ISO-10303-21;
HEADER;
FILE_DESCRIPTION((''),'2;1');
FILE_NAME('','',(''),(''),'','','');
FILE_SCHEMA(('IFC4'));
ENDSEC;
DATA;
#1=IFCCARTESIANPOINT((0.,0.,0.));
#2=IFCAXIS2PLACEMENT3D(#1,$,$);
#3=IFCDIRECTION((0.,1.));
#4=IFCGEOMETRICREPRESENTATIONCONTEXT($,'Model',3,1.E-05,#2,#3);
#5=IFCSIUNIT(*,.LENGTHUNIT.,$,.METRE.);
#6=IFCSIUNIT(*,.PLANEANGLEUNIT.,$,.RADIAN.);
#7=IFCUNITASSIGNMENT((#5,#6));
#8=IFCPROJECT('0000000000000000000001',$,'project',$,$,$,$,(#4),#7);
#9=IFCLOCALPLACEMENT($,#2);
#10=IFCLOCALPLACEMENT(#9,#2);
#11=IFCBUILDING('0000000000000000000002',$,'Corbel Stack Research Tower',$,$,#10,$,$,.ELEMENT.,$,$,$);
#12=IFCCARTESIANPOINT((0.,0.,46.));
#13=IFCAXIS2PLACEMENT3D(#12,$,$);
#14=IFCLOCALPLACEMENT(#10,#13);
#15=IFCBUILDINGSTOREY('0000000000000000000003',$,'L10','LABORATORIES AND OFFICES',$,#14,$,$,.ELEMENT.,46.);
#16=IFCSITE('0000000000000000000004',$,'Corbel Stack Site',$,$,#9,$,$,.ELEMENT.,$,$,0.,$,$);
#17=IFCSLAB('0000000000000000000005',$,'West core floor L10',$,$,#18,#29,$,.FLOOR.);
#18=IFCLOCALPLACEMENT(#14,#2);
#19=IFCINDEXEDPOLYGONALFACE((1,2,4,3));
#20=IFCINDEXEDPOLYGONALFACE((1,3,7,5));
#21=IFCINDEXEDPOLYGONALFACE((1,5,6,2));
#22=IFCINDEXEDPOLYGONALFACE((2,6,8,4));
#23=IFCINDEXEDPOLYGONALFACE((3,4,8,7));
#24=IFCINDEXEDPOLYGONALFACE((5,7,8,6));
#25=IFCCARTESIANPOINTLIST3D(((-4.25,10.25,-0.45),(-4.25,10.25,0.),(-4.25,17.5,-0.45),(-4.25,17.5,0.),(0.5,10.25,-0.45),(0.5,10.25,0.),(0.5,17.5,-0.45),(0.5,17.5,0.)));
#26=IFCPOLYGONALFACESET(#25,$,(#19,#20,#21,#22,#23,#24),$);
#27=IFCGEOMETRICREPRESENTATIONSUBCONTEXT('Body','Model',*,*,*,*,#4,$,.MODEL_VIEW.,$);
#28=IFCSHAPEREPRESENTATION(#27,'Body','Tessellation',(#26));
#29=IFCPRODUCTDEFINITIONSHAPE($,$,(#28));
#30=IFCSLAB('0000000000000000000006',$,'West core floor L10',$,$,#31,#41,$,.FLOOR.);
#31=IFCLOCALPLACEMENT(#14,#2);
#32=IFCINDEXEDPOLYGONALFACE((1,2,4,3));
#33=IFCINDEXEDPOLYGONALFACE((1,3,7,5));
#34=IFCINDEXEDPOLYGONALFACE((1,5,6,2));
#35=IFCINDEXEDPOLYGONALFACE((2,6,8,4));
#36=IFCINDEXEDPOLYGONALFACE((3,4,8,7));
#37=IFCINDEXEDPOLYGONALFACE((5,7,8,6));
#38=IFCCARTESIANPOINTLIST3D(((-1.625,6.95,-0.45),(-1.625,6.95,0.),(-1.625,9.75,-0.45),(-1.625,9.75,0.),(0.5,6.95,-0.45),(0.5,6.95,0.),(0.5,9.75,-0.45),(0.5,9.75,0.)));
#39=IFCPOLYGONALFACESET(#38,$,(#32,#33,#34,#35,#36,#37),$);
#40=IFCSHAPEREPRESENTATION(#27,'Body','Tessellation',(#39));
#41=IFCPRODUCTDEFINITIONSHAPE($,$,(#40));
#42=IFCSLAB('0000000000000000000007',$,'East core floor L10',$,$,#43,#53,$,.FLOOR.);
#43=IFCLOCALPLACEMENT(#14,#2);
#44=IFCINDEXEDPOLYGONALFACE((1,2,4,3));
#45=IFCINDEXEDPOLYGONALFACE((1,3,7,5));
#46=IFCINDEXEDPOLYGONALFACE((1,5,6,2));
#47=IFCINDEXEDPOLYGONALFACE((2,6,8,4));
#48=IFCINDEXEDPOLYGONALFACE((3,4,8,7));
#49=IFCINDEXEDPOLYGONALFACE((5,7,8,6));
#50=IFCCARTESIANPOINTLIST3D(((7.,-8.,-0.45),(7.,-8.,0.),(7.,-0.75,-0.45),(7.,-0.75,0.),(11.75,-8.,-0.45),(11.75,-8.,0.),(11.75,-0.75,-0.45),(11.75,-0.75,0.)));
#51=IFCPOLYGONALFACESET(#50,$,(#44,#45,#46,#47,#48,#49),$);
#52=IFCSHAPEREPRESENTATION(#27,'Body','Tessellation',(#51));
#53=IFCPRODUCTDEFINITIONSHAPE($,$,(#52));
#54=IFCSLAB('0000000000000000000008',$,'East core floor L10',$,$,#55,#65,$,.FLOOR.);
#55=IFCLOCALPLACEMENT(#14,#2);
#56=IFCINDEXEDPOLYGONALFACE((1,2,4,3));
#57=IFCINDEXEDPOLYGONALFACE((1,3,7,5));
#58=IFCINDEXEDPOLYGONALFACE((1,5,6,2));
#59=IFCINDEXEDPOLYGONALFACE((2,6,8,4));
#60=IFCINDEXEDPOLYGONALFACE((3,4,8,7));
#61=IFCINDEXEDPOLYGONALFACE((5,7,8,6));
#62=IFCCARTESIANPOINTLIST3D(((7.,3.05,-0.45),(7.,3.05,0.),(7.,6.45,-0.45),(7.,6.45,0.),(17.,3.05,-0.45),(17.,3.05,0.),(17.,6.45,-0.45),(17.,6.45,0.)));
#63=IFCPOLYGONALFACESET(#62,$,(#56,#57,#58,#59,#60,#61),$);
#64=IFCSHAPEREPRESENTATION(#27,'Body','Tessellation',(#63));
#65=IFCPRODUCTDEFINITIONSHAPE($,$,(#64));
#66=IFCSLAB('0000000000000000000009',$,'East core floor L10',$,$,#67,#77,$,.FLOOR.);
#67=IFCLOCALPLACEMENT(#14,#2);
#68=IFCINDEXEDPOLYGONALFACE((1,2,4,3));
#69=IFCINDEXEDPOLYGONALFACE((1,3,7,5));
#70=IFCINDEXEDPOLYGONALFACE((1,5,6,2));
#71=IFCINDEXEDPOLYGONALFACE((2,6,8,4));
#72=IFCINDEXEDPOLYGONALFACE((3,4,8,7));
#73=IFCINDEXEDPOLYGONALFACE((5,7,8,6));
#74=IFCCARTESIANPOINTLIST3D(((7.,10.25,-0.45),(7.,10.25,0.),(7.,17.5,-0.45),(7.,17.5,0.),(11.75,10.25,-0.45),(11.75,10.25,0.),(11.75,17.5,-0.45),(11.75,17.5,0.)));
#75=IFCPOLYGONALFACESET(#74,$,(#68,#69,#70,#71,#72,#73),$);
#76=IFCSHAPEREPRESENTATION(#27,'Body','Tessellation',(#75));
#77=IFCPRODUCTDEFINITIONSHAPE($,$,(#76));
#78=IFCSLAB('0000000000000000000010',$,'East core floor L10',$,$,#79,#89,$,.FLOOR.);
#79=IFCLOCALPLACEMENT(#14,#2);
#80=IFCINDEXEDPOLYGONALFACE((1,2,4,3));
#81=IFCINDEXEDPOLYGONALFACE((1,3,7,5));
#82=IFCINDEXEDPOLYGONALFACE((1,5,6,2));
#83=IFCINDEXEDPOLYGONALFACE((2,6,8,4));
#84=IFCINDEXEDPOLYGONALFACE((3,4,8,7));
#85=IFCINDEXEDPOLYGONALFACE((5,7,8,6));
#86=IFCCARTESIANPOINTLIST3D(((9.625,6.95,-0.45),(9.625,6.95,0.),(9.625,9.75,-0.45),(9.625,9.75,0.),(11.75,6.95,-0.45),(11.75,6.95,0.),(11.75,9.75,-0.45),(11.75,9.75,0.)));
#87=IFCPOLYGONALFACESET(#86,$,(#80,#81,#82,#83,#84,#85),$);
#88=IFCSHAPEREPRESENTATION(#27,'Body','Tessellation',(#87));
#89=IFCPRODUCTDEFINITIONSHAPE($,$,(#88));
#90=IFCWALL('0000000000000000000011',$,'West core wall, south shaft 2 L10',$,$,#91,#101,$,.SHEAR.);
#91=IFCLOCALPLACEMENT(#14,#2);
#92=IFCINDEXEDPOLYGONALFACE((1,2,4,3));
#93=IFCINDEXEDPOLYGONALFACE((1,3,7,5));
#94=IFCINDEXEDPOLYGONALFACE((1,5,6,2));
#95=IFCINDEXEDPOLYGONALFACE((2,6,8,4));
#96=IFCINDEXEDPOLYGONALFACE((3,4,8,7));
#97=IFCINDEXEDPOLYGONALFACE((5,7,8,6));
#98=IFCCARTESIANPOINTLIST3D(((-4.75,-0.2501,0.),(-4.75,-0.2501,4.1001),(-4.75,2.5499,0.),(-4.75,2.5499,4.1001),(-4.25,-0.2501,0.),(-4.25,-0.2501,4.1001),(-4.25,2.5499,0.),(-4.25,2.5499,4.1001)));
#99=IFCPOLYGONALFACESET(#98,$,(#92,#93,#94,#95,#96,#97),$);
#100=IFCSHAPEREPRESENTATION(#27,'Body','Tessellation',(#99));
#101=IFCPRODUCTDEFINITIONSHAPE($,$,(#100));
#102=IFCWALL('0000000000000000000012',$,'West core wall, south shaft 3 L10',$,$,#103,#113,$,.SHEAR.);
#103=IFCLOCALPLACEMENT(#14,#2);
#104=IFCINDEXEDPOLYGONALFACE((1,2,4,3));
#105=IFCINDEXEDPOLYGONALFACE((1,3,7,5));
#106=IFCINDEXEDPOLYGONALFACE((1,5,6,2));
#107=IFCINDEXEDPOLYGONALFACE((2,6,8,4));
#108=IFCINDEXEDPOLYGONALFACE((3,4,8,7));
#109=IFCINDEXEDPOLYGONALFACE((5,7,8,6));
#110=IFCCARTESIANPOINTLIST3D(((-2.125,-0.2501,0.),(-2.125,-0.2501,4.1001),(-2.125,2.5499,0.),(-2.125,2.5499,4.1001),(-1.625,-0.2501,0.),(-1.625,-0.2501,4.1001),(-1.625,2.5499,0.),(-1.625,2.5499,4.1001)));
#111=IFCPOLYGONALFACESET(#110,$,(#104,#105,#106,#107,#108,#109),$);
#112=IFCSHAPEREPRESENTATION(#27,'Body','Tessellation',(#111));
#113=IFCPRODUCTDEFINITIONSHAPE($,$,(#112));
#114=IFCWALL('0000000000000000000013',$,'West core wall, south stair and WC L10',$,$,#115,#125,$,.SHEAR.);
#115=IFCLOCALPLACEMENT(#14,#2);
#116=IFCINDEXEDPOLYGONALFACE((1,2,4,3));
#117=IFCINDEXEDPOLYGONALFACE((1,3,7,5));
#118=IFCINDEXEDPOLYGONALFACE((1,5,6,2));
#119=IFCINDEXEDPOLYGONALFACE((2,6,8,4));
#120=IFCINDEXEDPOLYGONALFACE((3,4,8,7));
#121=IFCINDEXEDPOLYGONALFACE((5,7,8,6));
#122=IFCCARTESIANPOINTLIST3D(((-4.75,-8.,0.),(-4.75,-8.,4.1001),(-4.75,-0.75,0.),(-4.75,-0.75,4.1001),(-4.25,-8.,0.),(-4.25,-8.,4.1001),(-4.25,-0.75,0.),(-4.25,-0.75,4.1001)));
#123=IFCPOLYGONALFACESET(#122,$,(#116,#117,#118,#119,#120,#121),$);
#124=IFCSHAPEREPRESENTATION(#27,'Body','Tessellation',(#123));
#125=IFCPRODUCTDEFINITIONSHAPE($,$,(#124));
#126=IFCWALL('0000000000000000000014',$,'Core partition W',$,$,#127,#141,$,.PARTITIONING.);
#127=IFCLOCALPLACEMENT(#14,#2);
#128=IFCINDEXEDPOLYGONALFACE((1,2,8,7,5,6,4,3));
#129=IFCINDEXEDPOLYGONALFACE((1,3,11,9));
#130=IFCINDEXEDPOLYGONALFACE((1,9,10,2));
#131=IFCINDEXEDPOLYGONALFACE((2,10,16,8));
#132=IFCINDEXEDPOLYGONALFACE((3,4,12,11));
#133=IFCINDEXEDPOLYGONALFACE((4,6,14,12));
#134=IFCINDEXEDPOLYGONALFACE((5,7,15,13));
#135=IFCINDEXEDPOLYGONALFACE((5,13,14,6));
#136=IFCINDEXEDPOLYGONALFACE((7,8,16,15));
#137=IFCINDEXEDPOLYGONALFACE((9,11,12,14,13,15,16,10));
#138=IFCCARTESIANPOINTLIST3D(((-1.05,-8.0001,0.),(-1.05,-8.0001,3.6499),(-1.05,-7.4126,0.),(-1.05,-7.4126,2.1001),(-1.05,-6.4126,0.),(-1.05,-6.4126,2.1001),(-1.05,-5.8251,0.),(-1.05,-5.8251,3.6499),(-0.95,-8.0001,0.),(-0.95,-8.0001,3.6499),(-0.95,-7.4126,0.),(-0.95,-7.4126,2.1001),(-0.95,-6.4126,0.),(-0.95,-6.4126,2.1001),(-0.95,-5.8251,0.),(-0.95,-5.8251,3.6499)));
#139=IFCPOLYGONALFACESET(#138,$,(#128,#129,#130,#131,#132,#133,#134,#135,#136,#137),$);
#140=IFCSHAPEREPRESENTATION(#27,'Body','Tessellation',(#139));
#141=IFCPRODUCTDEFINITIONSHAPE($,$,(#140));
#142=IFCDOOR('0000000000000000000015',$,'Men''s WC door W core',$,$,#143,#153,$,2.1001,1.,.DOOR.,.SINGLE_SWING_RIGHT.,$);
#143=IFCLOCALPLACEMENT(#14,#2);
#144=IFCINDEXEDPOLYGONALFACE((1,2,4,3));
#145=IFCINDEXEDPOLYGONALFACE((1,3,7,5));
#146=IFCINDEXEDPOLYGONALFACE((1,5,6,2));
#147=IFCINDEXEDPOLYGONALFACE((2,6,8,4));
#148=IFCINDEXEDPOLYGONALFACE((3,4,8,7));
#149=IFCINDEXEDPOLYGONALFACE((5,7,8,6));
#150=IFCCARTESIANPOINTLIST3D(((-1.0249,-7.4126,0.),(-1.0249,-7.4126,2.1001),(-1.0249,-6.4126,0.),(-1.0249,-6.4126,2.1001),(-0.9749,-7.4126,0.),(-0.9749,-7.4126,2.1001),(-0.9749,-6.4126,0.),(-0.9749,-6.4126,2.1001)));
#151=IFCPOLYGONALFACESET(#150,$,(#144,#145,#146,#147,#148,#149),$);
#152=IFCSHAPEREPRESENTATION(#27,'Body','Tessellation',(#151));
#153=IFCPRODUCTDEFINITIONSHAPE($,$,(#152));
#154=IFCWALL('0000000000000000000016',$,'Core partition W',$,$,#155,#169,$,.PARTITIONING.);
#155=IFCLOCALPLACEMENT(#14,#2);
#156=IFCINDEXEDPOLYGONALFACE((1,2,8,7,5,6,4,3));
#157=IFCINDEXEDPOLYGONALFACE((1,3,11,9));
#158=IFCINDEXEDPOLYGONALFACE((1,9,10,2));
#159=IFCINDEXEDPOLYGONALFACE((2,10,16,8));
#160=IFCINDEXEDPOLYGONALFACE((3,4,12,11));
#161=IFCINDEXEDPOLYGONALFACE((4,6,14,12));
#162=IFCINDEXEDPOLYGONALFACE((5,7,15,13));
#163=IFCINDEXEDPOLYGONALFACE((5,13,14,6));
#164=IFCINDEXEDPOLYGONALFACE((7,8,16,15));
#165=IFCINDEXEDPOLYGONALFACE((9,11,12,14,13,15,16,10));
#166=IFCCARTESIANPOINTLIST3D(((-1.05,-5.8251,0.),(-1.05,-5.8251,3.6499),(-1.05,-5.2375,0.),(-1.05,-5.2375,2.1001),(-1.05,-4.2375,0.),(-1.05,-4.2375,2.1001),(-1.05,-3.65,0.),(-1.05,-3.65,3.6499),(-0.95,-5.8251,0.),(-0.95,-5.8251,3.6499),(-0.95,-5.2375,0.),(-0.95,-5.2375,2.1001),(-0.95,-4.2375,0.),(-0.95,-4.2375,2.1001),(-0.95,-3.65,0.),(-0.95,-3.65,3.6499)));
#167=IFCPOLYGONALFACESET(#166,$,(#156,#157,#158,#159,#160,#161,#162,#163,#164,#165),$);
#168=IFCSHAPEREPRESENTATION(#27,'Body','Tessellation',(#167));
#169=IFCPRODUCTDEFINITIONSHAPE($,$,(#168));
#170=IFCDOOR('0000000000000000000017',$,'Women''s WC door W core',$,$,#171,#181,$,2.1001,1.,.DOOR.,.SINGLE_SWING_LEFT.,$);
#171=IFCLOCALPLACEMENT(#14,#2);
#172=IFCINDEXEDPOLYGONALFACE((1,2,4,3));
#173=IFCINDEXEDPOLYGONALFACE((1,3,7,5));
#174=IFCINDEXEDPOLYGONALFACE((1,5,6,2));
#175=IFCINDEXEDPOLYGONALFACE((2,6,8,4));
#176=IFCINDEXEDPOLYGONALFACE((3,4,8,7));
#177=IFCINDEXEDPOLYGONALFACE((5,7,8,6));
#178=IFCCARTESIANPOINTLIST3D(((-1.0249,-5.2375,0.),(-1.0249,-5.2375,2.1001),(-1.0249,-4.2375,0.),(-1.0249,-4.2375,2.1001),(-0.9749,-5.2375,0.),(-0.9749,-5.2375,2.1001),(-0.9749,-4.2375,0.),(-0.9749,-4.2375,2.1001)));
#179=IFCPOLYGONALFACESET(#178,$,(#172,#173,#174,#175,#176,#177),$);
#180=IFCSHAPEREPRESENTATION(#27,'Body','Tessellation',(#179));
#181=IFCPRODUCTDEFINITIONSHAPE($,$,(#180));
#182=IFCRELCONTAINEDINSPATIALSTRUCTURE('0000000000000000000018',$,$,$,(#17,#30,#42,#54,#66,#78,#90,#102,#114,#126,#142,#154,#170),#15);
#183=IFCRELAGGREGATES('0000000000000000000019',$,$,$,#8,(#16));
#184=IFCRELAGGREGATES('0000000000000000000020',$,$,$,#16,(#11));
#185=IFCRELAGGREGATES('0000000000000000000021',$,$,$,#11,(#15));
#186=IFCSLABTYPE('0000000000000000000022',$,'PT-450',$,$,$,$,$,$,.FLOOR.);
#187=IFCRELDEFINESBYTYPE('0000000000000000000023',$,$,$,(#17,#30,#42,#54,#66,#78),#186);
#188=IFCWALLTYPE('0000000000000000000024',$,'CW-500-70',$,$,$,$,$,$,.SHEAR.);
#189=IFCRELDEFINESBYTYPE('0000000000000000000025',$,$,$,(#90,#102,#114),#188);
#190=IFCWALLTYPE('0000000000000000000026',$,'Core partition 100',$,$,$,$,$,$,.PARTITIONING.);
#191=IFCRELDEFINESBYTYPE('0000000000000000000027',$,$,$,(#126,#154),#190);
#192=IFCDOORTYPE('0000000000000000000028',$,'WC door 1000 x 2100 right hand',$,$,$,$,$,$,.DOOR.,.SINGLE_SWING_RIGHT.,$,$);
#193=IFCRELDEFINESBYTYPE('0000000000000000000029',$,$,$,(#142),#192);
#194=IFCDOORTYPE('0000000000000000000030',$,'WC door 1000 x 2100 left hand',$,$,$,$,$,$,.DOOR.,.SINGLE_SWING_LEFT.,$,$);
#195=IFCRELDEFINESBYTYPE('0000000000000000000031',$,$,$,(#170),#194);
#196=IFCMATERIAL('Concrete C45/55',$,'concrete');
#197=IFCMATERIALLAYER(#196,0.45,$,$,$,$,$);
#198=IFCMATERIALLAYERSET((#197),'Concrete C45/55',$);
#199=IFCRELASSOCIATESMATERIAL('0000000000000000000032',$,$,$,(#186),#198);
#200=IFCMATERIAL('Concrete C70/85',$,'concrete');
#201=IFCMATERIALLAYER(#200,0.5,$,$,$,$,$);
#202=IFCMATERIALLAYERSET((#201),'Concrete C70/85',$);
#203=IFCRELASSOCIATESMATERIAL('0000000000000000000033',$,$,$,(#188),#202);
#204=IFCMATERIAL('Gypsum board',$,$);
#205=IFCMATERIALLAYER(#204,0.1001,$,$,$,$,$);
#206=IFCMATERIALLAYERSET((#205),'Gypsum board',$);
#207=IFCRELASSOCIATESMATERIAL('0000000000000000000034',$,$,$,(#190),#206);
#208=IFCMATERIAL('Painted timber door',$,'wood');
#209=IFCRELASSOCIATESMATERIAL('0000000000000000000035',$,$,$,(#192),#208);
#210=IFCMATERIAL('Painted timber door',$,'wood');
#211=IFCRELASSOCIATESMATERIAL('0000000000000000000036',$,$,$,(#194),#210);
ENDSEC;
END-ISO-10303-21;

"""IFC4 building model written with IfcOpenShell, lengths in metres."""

from ifc_helpers import new_model, si_unit, direction, frame, frame_2d, origin, place, context, subcontext, project, spatial, polyline, rectangle, outline, extrude, material, layer, layer_set, type_object, element, fill, save


model = new_model("IFC4")

# Units and contexts
model_context = context("Model", 3, precision=1e-05, world=origin(), true_north=direction((0.0, 1.0)))
body_context = subcontext(model_context, "Body", "Model", "MODEL_VIEW")
ifc_project = project(units=[si_unit("LENGTHUNIT", "METRE"), si_unit("PLANEANGLEUNIT", "RADIAN")], contexts=[model_context])

# Site, building, storey
site_placement = place(None, origin())
site = spatial("IfcSite", under=ifc_project, at=site_placement, Name="Corbel Stack Site", CompositionType="ELEMENT", RefElevation=0.0)
building_placement = place(site_placement, origin())
building = spatial("IfcBuilding", under=site, at=building_placement, Name="Corbel Stack Research Tower", CompositionType="ELEMENT")
storey_placement = place(building_placement, frame((0.0, 0.0, 46.0)))
storey = spatial("IfcBuildingStorey", under=building, at=storey_placement, Name="L10", Description="LABORATORIES AND OFFICES", CompositionType="ELEMENT", Elevation=46.0)

# Slabs
ifc_material_1 = material(Name="Concrete C45/55", Category="concrete")
ifc_layer_1 = layer(ifc_material_1, 0.45)
ifc_layer_set_1 = layer_set([ifc_layer_1], Name="Concrete C45/55")
slab_type = type_object("IfcSlabType", Name="PT-450", PredefinedType="FLOOR", material=ifc_layer_set_1)
slab_1_placement = place(storey_placement, frame((0.0, 0.0, -0.45)))
element("IfcSlab", 1, at=slab_1_placement, inside=storey, type_object=slab_type, Name="West core floor L10", PredefinedType="FLOOR", context=body_context, shape_type="SweptSolid", body=[
    extrude(outline(polyline([(-4.25, 17.5), (-4.25, 10.25), (0.5, 10.25), (0.5, 17.5), (-4.25, 17.5)])), origin(), (0.0, 0.0, 1.0), 0.45),
])
slab_2_placement = place(storey_placement, frame((0.0, 0.0, -0.45)))
element("IfcSlab", 2, at=slab_2_placement, inside=storey, type_object=slab_type, Name="West core floor L10", PredefinedType="FLOOR", context=body_context, shape_type="SweptSolid", body=[
    extrude(outline(polyline([(0.5, 6.95), (0.5, 9.75), (-1.625, 9.75), (-1.625, 6.95), (0.5, 6.95)])), origin(), (0.0, 0.0, 1.0), 0.45),
])
slab_3_placement = place(storey_placement, frame((0.0, 0.0, -0.45)))
element("IfcSlab", 3, at=slab_3_placement, inside=storey, type_object=slab_type, Name="East core floor L10", PredefinedType="FLOOR", context=body_context, shape_type="SweptSolid", body=[
    extrude(outline(polyline([(7.0, -0.75), (7.0, -8.0), (11.75, -8.0), (11.75, -0.75), (7.0, -0.75)])), origin(), (0.0, 0.0, 1.0), 0.45),
])
slab_4_placement = place(storey_placement, frame((0.0, 0.0, -0.45)))
element("IfcSlab", 4, at=slab_4_placement, inside=storey, type_object=slab_type, Name="East core floor L10", PredefinedType="FLOOR", context=body_context, shape_type="SweptSolid", body=[
    extrude(outline(polyline([(7.0, 6.45), (7.0, 3.05), (17.0, 3.05), (17.0, 6.45), (7.0, 6.45)])), origin(), (0.0, 0.0, 1.0), 0.45),
])
slab_5_placement = place(storey_placement, frame((0.0, 0.0, -0.45)))
element("IfcSlab", 5, at=slab_5_placement, inside=storey, type_object=slab_type, Name="East core floor L10", PredefinedType="FLOOR", context=body_context, shape_type="SweptSolid", body=[
    extrude(outline(polyline([(7.0, 17.5), (7.0, 10.25), (11.75, 10.25), (11.75, 17.5), (7.0, 17.5)])), origin(), (0.0, 0.0, 1.0), 0.45),
])
slab_6_placement = place(storey_placement, frame((0.0, 0.0, -0.45)))
element("IfcSlab", 6, at=slab_6_placement, inside=storey, type_object=slab_type, Name="East core floor L10", PredefinedType="FLOOR", context=body_context, shape_type="SweptSolid", body=[
    extrude(outline(polyline([(9.625, 6.95), (11.75, 6.95), (11.75, 9.75), (9.625, 9.75), (9.625, 6.95)])), origin(), (0.0, 0.0, 1.0), 0.45),
])

# Walls
ifc_material_2 = material(Name="Concrete C70/85", Category="concrete")
ifc_layer_2 = layer(ifc_material_2, 0.5)
ifc_layer_set_2 = layer_set([ifc_layer_2], Name="Concrete C70/85")
wall_type_1 = type_object("IfcWallType", Name="CW-500-70", PredefinedType="SHEAR", material=ifc_layer_set_2)
for number, where, z_axis, x_axis, name in (
    (7, (-4.5, -0.25, 0.0), (0.0, 0.0, 1.0), (0.0, 1.0, 0.0), "West core wall, south shaft 2 L10"),
    (8, (-1.875, -0.25, 0.0), (0.0, 0.0, 1.0), (0.0, 1.0, 0.0), "West core wall, south shaft 3 L10"),
):
    element("IfcWall", number, at=place(storey_placement, frame(where, z_axis=z_axis, x_axis=x_axis)), inside=storey, type_object=wall_type_1, Name=name, PredefinedType="SHEAR", context=body_context, shape_type="SweptSolid", body=[
        extrude(rectangle(XDim=2.8, YDim=0.5, at=frame_2d((1.3999, 0.0))), origin(), (0.0, 0.0, 1.0), 4.1001),
    ])
wall_1_placement = place(storey_placement, frame((-4.5, -8.0, 0.0), z_axis=(0.0, 0.0, 1.0), x_axis=(0.0, 1.0, 0.0)))
element("IfcWall", 9, at=wall_1_placement, inside=storey, type_object=wall_type_1, Name="West core wall, south stair and WC L10", PredefinedType="SHEAR", context=body_context, shape_type="SweptSolid", body=[
    extrude(rectangle(XDim=7.25, YDim=0.5, at=frame_2d((3.625, 0.0))), origin(), (0.0, 0.0, 1.0), 4.1001),
])

# Walls, openings, doors
ifc_material_3 = material(Name="Gypsum board")
ifc_layer_3 = layer(ifc_material_3, 0.1001)
ifc_layer_set_3 = layer_set([ifc_layer_3], Name="Gypsum board")
wall_type_2 = type_object("IfcWallType", Name="Core partition 100", PredefinedType="PARTITIONING", material=ifc_layer_set_3)
wall_2_placement = place(storey_placement, frame((-1.0, -8.0, 0.0), z_axis=(0.0, 0.0, 1.0), x_axis=(0.0, 1.0, 0.0)))
wall_2 = element("IfcWall", 10, at=wall_2_placement, inside=storey, type_object=wall_type_2, Name="Core partition W", PredefinedType="PARTITIONING", context=body_context, shape_type="SweptSolid", body=[
    extrude(rectangle(XDim=2.175, YDim=0.1001, at=frame_2d((1.0874, 0.0))), origin(), (0.0, 0.0, 1.0), 3.6499),
])
opening_1_placement = place(wall_2_placement, frame((0.5874, 0.0, 0.0)))
opening_1 = element("IfcOpeningElement", 11, at=opening_1_placement, cuts=wall_2, PredefinedType="OPENING", context=body_context, shape_type="SweptSolid", body=[
    extrude(rectangle(XDim=1.0, YDim=2.1001, at=frame_2d((0.5, 1.05))), frame((0.0, 0.0601, 0.0), z_axis=(0.0, -1.0, 0.0), x_axis=(1.0, 0.0, 0.0)), (0.0, 0.0, 1.0), 0.1201),
])
ifc_material_4 = material(Name="Painted timber door", Category="wood")
door_type_1 = type_object("IfcDoorType", Name="WC door 1000 x 2100 right hand", OperationType="SINGLE_SWING_RIGHT", PredefinedType="DOOR", material=ifc_material_4)
door_1_placement = place(opening_1_placement, origin())
door_1 = element("IfcDoor", 12, at=door_1_placement, inside=storey, type_object=door_type_1, Name="Men's WC door W core", OperationType="SINGLE_SWING_RIGHT", OverallHeight=2.1001, OverallWidth=1.0, PredefinedType="DOOR", context=body_context, shape_type="SweptSolid", body=[
    extrude(rectangle(XDim=1.0, YDim=2.1001, at=frame_2d((0.5, 1.05))), frame((0.0, 0.0249, 0.0), z_axis=(0.0, -1.0, 0.0), x_axis=(1.0, 0.0, 0.0)), (0.0, 0.0, 1.0), 0.05),
])
fill(opening_1, door_1)
wall_3_placement = place(storey_placement, frame((-1.0, -5.825, 0.0), z_axis=(0.0, 0.0, 1.0), x_axis=(0.0, 1.0, 0.0)))
wall_3 = element("IfcWall", 13, at=wall_3_placement, inside=storey, type_object=wall_type_2, Name="Core partition W", PredefinedType="PARTITIONING", context=body_context, shape_type="SweptSolid", body=[
    extrude(rectangle(XDim=2.175, YDim=0.1001, at=frame_2d((1.0874, 0.0))), origin(), (0.0, 0.0, 1.0), 3.6499),
])
opening_2_placement = place(wall_3_placement, frame((0.5874, 0.0, 0.0)))
opening_2 = element("IfcOpeningElement", 14, at=opening_2_placement, cuts=wall_3, PredefinedType="OPENING", context=body_context, shape_type="SweptSolid", body=[
    extrude(rectangle(XDim=1.0, YDim=2.1001, at=frame_2d((0.5, 1.05))), frame((0.0, 0.0601, 0.0), z_axis=(0.0, -1.0, 0.0), x_axis=(1.0, 0.0, 0.0)), (0.0, 0.0, 1.0), 0.1201),
])
ifc_material_5 = material(Name="Painted timber door", Category="wood")
door_type_2 = type_object("IfcDoorType", Name="WC door 1000 x 2100 left hand", OperationType="SINGLE_SWING_LEFT", PredefinedType="DOOR", material=ifc_material_5)
door_2_placement = place(opening_2_placement, origin())
door_2 = element("IfcDoor", 15, at=door_2_placement, inside=storey, type_object=door_type_2, Name="Women's WC door W core", OperationType="SINGLE_SWING_LEFT", OverallHeight=2.1001, OverallWidth=1.0, PredefinedType="DOOR", context=body_context, shape_type="SweptSolid", body=[
    extrude(rectangle(XDim=1.0, YDim=2.1001, at=frame_2d((0.5, 1.05))), frame((0.0, 0.0249, 0.0), z_axis=(0.0, -1.0, 0.0), x_axis=(1.0, 0.0, 0.0)), (0.0, 0.0, 1.0), 0.05),
])
fill(opening_2, door_2)

save(model, "model.ifc")
